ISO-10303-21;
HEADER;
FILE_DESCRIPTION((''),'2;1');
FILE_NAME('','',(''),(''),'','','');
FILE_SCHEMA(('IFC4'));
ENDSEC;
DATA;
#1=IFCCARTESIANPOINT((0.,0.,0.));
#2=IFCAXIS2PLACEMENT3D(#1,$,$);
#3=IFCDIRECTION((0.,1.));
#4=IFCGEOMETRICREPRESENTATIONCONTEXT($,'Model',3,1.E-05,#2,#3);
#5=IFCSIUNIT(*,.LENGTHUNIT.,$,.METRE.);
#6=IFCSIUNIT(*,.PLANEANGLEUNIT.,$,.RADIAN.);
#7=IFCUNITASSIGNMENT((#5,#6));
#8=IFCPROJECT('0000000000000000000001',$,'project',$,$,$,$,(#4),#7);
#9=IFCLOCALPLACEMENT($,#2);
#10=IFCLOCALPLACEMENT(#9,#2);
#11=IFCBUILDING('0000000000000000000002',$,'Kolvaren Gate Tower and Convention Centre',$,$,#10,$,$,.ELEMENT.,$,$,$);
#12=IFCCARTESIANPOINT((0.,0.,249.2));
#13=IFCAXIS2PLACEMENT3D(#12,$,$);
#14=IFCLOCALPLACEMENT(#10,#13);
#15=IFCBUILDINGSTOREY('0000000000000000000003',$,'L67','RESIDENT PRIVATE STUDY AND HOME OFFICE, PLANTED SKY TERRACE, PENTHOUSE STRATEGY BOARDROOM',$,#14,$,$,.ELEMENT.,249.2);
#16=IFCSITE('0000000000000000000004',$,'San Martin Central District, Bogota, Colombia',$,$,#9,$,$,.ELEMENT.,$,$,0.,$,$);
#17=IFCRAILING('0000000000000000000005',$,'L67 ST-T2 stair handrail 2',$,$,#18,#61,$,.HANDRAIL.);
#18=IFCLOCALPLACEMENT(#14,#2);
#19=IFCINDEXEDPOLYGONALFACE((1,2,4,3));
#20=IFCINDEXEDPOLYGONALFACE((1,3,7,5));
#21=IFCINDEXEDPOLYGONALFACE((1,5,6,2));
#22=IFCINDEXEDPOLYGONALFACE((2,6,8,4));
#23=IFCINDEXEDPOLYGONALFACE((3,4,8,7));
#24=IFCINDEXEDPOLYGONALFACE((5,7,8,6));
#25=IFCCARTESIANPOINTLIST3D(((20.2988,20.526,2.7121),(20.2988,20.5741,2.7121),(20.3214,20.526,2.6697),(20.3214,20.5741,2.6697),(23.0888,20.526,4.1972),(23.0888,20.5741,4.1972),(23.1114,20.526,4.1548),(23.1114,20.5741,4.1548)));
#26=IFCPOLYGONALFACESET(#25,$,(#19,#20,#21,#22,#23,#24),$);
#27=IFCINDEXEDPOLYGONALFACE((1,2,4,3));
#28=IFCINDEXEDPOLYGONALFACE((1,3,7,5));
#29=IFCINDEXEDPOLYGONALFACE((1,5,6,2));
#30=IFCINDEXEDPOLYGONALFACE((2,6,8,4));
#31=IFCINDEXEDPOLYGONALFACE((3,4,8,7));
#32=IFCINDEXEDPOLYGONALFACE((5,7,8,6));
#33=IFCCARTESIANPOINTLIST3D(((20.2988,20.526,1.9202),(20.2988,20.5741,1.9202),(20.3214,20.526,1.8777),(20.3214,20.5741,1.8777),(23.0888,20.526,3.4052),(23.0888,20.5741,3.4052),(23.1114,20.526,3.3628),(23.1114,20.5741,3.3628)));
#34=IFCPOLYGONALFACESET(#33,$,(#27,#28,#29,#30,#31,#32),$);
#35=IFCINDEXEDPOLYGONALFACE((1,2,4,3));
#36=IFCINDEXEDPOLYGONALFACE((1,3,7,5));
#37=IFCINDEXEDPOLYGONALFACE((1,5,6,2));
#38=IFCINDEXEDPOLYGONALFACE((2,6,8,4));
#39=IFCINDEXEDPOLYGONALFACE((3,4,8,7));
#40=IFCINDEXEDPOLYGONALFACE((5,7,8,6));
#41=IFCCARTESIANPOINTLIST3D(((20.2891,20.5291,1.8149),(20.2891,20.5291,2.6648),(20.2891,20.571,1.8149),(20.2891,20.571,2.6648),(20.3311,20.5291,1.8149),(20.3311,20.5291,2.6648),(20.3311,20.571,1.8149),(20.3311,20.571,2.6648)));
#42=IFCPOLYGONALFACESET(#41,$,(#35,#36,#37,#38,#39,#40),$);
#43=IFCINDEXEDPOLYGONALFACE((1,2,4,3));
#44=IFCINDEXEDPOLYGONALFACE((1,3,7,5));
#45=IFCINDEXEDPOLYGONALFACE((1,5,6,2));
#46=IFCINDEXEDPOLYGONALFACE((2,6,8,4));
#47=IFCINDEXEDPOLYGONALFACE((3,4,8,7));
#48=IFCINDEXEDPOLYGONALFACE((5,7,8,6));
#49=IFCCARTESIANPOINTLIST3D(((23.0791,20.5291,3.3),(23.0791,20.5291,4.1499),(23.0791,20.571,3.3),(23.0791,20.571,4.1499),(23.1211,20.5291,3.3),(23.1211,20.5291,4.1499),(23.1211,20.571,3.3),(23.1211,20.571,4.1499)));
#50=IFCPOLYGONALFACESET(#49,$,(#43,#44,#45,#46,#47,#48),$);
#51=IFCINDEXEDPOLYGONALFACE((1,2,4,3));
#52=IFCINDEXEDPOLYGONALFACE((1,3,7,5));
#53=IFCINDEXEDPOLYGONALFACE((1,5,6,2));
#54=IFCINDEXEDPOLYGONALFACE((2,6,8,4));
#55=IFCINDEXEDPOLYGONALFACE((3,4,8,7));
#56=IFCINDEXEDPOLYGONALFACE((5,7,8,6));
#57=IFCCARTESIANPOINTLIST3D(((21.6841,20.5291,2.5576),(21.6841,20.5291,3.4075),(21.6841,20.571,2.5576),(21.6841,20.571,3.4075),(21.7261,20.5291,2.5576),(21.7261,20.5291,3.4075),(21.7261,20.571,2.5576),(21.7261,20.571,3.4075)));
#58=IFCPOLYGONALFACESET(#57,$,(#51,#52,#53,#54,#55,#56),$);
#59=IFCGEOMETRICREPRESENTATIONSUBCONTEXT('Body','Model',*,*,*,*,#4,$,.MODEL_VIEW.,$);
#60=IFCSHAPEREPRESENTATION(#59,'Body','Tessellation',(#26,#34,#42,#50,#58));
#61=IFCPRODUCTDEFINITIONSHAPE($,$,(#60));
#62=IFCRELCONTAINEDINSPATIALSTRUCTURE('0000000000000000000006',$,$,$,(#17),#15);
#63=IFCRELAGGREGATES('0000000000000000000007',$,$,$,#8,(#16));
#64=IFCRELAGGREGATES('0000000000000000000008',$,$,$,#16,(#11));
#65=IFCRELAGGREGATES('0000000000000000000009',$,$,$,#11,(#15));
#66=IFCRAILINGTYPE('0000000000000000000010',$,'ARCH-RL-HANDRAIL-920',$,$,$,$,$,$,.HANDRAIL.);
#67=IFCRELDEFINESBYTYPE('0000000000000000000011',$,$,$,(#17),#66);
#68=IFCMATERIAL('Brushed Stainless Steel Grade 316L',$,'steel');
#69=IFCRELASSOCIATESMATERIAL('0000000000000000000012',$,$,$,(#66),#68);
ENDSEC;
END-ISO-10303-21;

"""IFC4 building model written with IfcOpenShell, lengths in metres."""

from ifc_helpers import new_model, si_unit, direction, frame, origin, origin_2d, place, context, subcontext, project, spatial, rectangle, extrude, material, type_object, element, save


model = new_model("IFC4")

# Units and contexts
model_context = context("Model", 3, precision=1e-05, world=origin(), true_north=direction((0.0, 1.0)))
body_context = subcontext(model_context, "Body", "Model", "MODEL_VIEW")
ifc_project = project(units=[si_unit("LENGTHUNIT", "METRE"), si_unit("PLANEANGLEUNIT", "RADIAN")], contexts=[model_context])

# Site, building, storey
site_placement = place(None, origin())
site = spatial("IfcSite", under=ifc_project, at=site_placement, Name="San Martin Central District, Bogota, Colombia", CompositionType="ELEMENT", RefElevation=0.0)
building_placement = place(site_placement, origin())
building = spatial("IfcBuilding", under=site, at=building_placement, Name="Kolvaren Gate Tower and Convention Centre", CompositionType="ELEMENT")
storey_placement = place(building_placement, frame((0.0, 0.0, 249.2)))
storey = spatial("IfcBuildingStorey", under=building, at=storey_placement, Name="L67", Description="RESIDENT PRIVATE STUDY AND HOME OFFICE, PLANTED SKY TERRACE, PENTHOUSE STRATEGY BOARDROOM", CompositionType="ELEMENT", Elevation=249.2)

# Railing
ifc_material_1 = material(Name="Brushed Stainless Steel Grade 316L", Category="steel")
railing_type_1 = type_object("IfcRailingType", Name="ARCH-RL-HANDRAIL-920", PredefinedType="HANDRAIL", material=ifc_material_1)
railing_1_placement = place(storey_placement, frame((20.3101, 20.55, 1.8149)))
element("IfcRailing", 1, at=railing_1_placement, inside=storey, type_object=railing_type_1, Name="L67 ST-T2 stair handrail 2", PredefinedType="HANDRAIL", context=body_context, shape_type="SweptSolid", body=[
    extrude(rectangle(XDim=0.0481, YDim=0.0481, at=origin_2d()), frame((0.0, 0.0, 0.876), z_axis=(0.882735, 0.0, 0.46987), x_axis=(0.0, 1.0, 0.0)), (0.0, 0.0, 1.0), 3.1606),
    extrude(rectangle(XDim=0.0481, YDim=0.0481, at=origin_2d()), frame((0.0, 0.0, 0.084), z_axis=(0.882735, 0.0, 0.46987), x_axis=(0.0, 1.0, 0.0)), (0.0, 0.0, 1.0), 3.1606),
    extrude(rectangle(XDim=0.042, YDim=0.042, at=origin_2d()), origin(), (0.0, 0.0, 1.0), 0.8499),
    extrude(rectangle(XDim=0.042, YDim=0.042, at=origin_2d()), frame((2.79, 0.0, 1.4851)), (0.0, 0.0, 1.0), 0.8499),
    extrude(rectangle(XDim=0.042, YDim=0.042, at=origin_2d()), frame((1.395, 0.0, 0.7427)), (0.0, 0.0, 1.0), 0.8499),
])

save(model, "model.ifc")
